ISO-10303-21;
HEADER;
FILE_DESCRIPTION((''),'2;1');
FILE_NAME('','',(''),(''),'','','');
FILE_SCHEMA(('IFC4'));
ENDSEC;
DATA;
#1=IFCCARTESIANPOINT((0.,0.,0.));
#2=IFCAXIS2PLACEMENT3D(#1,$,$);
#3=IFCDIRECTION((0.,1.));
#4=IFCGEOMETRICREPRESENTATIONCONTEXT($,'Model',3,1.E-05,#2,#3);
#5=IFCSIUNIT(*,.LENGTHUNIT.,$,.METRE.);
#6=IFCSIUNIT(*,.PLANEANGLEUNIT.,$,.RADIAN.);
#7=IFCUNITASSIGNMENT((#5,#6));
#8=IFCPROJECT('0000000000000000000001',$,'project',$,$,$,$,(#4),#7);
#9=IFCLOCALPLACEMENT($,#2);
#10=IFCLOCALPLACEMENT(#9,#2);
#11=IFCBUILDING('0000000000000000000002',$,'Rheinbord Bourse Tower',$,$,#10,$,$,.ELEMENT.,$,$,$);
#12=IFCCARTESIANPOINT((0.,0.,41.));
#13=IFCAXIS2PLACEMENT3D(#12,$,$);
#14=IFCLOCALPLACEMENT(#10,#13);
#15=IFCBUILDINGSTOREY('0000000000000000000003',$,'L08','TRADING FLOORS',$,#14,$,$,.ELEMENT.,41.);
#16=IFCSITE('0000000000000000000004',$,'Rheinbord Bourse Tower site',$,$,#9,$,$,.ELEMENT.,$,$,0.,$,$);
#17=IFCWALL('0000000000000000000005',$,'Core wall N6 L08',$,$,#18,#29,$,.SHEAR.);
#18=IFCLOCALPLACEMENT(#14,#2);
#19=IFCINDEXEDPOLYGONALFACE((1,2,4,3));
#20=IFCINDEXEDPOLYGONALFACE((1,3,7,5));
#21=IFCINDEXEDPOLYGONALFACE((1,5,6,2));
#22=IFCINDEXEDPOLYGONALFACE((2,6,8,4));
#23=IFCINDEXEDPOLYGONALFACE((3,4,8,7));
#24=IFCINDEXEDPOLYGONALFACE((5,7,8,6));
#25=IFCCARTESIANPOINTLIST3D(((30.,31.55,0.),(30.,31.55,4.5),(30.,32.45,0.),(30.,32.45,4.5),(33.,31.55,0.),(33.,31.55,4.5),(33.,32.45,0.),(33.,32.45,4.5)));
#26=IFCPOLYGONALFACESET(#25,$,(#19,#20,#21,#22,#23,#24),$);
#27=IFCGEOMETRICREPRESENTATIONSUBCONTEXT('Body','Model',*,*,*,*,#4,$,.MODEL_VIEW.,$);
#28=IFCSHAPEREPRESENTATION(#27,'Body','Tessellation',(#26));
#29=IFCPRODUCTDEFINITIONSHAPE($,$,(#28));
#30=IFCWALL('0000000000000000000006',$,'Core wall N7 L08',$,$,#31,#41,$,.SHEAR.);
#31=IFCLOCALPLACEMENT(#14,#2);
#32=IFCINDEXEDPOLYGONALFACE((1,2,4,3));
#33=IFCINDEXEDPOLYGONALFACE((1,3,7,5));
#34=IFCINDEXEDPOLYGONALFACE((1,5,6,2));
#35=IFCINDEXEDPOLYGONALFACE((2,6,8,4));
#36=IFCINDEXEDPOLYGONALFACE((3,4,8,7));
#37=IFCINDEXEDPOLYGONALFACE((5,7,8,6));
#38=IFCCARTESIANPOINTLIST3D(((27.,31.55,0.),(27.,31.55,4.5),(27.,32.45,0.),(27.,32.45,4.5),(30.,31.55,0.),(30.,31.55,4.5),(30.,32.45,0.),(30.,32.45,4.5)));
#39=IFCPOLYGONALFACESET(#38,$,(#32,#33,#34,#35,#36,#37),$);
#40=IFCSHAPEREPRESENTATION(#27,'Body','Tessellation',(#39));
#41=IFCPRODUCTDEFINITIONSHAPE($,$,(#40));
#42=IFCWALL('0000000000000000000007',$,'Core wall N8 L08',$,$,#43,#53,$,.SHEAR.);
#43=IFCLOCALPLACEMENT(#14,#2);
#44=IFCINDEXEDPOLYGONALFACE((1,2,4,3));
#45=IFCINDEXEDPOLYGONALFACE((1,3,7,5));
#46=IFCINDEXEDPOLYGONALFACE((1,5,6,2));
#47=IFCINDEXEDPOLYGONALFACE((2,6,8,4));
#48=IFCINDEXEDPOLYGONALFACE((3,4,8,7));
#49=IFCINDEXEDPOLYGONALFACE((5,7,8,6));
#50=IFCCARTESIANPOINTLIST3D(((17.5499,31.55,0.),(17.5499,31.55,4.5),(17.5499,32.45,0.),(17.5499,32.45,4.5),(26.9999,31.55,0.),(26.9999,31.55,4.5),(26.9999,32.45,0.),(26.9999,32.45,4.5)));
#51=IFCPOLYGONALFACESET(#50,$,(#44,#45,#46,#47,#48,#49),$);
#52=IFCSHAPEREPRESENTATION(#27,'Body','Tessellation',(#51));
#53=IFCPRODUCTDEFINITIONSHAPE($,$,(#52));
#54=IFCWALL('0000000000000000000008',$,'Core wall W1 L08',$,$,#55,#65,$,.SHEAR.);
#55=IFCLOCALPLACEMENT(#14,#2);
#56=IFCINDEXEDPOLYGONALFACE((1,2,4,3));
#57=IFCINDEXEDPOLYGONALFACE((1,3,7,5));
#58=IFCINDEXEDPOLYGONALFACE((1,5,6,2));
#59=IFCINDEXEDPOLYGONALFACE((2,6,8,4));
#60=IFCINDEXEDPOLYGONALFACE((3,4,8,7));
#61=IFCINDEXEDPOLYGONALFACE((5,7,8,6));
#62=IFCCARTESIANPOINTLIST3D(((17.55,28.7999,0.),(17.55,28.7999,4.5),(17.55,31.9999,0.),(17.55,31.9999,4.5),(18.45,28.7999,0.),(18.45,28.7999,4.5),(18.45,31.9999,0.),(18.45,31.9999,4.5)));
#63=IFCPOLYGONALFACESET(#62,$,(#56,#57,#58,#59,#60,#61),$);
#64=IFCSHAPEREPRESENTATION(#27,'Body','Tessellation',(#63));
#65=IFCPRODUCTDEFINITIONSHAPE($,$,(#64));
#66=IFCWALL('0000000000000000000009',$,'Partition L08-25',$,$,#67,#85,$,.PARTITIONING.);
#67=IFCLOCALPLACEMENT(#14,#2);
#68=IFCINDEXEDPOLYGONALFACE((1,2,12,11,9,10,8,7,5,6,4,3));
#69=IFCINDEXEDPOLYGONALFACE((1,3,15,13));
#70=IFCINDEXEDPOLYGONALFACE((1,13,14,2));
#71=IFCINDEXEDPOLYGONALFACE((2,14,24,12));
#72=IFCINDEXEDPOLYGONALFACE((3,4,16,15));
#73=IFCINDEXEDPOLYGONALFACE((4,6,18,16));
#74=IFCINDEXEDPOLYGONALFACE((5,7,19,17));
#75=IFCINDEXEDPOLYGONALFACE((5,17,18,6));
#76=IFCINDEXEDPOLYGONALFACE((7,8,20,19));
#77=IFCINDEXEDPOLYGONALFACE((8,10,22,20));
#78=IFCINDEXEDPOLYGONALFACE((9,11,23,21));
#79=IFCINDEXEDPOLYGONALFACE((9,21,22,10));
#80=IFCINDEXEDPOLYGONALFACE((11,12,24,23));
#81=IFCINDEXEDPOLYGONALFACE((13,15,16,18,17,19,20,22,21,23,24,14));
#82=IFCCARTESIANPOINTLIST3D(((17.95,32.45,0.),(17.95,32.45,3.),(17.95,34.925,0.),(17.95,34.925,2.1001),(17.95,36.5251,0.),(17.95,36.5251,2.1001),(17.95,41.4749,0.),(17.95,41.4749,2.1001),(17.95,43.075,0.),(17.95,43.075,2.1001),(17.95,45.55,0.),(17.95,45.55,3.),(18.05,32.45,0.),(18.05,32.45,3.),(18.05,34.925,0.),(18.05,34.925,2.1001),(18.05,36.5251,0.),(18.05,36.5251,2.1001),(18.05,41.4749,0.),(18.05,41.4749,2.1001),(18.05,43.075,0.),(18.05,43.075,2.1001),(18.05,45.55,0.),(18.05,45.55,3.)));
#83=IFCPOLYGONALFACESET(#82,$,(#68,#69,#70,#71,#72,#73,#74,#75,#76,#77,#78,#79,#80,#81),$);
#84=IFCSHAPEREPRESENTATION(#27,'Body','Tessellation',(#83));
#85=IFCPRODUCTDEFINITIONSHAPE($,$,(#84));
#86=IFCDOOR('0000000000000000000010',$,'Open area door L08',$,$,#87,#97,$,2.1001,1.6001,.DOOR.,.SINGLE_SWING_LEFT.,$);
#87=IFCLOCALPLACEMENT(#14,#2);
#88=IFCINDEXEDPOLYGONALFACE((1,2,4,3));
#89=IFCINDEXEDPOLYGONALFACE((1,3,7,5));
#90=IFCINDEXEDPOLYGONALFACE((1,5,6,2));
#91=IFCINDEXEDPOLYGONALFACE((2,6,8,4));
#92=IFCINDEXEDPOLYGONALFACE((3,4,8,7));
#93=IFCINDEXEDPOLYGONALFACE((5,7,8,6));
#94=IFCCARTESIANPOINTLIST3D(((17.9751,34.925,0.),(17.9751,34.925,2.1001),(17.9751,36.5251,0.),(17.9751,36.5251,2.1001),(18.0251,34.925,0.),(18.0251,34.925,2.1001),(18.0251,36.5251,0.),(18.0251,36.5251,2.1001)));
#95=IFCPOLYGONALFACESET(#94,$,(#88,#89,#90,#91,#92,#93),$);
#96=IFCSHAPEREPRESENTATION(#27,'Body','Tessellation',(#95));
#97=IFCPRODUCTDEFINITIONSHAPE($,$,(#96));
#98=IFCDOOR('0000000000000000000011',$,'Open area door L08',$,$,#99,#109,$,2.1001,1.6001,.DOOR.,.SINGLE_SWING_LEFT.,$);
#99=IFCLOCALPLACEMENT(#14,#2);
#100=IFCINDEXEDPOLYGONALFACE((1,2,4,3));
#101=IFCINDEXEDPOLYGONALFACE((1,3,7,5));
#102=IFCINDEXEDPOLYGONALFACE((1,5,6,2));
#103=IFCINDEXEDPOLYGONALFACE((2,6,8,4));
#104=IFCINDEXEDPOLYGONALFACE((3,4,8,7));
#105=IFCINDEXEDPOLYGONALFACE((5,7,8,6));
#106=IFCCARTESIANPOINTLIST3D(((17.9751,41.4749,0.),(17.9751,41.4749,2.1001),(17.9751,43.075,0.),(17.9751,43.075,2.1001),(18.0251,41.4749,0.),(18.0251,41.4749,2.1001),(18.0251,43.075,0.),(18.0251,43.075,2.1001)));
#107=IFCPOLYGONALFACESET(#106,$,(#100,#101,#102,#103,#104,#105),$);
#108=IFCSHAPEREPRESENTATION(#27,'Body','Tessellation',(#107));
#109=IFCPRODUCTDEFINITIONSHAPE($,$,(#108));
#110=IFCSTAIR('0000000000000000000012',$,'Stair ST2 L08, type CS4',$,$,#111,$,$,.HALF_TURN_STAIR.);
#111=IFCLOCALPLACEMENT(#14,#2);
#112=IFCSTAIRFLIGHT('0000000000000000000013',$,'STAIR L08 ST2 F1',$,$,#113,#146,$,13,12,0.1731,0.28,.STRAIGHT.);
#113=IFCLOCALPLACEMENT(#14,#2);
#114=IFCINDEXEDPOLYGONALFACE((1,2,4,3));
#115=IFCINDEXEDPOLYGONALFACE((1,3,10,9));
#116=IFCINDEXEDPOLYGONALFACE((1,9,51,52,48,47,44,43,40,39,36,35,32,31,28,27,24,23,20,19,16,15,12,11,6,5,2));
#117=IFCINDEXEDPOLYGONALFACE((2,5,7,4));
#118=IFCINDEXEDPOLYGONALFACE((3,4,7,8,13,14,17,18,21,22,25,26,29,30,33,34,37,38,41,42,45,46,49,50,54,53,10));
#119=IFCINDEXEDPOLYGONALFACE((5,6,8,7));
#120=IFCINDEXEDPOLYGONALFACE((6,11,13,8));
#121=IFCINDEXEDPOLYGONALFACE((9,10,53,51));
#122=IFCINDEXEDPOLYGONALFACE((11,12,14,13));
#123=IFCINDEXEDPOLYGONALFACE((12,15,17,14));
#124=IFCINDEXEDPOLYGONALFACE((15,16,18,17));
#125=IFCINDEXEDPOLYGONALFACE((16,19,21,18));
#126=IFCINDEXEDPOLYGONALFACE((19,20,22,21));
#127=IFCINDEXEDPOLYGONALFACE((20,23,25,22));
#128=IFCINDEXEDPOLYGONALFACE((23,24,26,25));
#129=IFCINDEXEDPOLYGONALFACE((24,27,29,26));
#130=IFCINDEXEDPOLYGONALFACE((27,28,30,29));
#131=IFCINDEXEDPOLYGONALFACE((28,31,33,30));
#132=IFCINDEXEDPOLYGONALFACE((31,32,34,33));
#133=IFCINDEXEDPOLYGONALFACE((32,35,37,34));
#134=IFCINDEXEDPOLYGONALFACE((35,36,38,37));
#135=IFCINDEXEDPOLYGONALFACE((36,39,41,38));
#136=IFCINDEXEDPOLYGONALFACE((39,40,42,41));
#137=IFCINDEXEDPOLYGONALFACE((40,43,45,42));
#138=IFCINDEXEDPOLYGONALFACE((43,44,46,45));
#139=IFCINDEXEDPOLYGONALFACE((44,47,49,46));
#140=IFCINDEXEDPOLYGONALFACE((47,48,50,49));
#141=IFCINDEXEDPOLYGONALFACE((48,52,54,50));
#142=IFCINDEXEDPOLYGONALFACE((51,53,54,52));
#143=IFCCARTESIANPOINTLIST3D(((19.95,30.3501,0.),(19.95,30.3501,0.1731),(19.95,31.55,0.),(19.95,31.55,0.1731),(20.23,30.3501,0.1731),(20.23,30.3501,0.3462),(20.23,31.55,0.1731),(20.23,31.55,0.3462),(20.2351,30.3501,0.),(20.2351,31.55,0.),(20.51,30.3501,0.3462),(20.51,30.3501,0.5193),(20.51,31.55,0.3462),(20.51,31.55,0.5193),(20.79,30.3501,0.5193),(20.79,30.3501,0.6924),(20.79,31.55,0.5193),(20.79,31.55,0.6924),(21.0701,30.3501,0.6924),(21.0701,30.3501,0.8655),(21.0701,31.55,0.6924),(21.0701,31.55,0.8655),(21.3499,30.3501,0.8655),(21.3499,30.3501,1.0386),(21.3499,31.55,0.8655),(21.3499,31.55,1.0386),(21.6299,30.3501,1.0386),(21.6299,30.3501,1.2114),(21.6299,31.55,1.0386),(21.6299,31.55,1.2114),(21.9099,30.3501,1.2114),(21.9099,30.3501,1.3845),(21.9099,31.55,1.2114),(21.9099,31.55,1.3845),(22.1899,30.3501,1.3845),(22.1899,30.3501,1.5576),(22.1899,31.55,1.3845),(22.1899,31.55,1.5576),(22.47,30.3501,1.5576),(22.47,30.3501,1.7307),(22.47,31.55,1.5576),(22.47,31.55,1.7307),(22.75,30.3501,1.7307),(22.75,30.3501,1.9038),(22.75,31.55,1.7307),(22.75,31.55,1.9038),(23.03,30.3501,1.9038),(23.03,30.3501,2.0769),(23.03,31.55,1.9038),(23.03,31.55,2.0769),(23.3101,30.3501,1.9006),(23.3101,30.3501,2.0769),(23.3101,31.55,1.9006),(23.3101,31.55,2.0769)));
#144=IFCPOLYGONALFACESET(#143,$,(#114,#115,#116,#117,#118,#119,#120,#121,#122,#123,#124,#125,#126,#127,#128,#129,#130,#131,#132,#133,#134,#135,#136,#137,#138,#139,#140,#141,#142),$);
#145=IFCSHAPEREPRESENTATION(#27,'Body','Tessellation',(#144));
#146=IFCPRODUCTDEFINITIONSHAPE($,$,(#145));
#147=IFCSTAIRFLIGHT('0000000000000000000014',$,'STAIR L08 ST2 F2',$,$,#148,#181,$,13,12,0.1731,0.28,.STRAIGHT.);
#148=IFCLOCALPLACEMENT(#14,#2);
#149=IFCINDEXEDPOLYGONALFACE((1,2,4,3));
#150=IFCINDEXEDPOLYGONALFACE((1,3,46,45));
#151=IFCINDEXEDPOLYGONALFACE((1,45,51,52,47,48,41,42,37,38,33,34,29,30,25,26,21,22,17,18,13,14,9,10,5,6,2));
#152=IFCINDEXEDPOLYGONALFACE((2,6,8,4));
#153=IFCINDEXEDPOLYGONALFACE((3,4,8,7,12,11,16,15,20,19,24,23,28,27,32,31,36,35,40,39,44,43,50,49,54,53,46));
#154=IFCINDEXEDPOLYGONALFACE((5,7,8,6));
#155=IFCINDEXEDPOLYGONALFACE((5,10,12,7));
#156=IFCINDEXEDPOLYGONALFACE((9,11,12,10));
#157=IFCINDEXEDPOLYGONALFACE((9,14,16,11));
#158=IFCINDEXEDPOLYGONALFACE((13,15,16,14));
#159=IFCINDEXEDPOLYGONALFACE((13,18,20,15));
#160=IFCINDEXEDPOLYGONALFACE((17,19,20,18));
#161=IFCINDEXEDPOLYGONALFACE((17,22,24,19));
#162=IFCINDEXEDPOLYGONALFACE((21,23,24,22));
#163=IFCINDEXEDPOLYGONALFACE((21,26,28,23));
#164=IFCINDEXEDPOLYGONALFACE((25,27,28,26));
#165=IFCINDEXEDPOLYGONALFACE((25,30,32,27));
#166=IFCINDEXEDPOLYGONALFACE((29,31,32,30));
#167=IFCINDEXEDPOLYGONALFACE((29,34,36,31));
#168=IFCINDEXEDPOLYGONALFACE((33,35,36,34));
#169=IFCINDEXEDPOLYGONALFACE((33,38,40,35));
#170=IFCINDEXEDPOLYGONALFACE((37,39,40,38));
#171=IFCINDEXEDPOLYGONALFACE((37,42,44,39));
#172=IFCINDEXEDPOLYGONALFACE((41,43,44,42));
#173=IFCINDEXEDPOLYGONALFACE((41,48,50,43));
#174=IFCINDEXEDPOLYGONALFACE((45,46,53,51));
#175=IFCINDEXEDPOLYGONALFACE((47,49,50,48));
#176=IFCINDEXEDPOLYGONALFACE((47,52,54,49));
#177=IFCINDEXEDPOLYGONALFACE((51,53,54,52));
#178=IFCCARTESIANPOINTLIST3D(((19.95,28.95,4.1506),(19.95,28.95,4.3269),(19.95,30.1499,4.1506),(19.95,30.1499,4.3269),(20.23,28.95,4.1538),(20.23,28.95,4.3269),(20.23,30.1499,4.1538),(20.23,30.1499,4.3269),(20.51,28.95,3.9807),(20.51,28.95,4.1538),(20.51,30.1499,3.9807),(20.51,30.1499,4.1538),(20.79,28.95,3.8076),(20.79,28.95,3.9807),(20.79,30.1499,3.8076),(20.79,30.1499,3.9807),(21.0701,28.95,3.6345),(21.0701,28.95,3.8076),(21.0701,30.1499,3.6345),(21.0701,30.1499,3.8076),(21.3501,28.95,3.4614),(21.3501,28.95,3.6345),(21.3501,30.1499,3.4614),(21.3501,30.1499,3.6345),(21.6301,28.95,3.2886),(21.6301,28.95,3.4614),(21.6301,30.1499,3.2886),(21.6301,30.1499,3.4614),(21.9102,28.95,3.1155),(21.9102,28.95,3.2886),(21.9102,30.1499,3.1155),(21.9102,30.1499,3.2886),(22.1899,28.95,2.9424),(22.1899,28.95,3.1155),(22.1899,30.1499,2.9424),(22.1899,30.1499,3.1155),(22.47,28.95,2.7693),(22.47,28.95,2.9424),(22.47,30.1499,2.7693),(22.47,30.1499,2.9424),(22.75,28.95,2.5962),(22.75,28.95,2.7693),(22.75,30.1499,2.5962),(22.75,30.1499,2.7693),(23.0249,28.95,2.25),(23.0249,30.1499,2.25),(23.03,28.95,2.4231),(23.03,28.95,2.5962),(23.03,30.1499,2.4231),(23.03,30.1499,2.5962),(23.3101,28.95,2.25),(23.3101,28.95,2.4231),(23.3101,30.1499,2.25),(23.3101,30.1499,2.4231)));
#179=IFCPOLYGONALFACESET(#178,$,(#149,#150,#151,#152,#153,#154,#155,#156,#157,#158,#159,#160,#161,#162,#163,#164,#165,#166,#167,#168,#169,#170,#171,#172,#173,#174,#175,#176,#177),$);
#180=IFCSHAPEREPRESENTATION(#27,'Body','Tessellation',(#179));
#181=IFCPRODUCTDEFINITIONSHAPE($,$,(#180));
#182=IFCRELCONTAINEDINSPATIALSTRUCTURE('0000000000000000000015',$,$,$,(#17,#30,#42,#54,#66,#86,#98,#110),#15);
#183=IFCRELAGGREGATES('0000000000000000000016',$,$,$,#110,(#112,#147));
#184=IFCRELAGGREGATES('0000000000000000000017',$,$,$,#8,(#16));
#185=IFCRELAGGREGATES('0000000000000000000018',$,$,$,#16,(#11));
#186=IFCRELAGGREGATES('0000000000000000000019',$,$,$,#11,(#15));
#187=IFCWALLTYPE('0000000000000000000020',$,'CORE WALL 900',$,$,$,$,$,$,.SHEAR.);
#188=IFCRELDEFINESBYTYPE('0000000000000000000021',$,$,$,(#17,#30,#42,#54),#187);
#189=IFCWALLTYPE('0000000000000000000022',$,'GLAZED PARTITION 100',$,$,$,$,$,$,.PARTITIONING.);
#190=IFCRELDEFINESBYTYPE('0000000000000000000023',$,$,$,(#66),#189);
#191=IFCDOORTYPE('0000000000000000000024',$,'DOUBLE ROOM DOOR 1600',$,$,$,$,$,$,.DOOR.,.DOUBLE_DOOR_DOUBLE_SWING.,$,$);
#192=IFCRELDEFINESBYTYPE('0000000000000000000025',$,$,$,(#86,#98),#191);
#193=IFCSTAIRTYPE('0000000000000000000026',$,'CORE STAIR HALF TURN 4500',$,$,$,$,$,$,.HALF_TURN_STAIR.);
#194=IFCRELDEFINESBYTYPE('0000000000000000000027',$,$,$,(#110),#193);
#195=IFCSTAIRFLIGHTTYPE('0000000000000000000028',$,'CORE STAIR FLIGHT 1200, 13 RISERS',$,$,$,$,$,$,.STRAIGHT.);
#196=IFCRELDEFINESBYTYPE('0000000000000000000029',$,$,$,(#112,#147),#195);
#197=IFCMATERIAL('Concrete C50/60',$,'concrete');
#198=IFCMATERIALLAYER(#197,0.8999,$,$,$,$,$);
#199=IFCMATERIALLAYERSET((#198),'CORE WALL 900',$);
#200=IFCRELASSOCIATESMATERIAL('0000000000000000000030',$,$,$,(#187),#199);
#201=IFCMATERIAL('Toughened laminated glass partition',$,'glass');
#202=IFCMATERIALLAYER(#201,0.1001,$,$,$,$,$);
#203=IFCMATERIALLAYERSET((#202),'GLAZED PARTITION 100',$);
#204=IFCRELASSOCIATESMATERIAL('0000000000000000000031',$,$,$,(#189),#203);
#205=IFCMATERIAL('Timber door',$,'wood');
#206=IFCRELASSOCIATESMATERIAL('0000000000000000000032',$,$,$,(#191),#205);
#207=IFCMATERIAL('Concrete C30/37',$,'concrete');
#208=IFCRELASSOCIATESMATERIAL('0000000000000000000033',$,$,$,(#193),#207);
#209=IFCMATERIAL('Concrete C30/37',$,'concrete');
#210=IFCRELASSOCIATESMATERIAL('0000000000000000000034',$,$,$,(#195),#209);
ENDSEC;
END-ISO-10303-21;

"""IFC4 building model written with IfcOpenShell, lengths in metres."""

from ifc_helpers import new_model, si_unit, direction, frame, frame_2d, origin, place, context, subcontext, project, spatial, polyline, rectangle, outline, extrude, material, layer, layer_set, type_object, element, fill, aggregate, save


model = new_model("IFC4")

# Units and contexts
model_context = context("Model", 3, precision=1e-05, world=origin(), true_north=direction((0.0, 1.0)))
body_context = subcontext(model_context, "Body", "Model", "MODEL_VIEW")
ifc_project = project(units=[si_unit("LENGTHUNIT", "METRE"), si_unit("PLANEANGLEUNIT", "RADIAN")], contexts=[model_context])

# Site, building, storey
site_placement = place(None, origin())
site = spatial("IfcSite", under=ifc_project, at=site_placement, Name="Rheinbord Bourse Tower site", CompositionType="ELEMENT", RefElevation=0.0)
building_placement = place(site_placement, origin())
building = spatial("IfcBuilding", under=site, at=building_placement, Name="Rheinbord Bourse Tower", CompositionType="ELEMENT")
storey_placement = place(building_placement, frame((0.0, 0.0, 41.0)))
storey = spatial("IfcBuildingStorey", under=building, at=storey_placement, Name="L08", Description="TRADING FLOORS", CompositionType="ELEMENT", Elevation=41.0)

# Walls
ifc_material_1 = material(Name="Concrete C50/60", Category="concrete")
ifc_layer_1 = layer(ifc_material_1, 0.8999)
ifc_layer_set_1 = layer_set([ifc_layer_1], Name="CORE WALL 900")
wall_type_1 = type_object("IfcWallType", Name="CORE WALL 900", PredefinedType="SHEAR", material=ifc_layer_set_1)
for number, where, z_axis, x_axis, name in (
    (1, (33.0, 32.0, 0.0), (0.0, 0.0, 1.0), (-1.0, 0.0, 0.0), "Core wall N6 L08"),
    (2, (30.0, 32.0, 0.0), (0.0, 0.0, 1.0), (-1.0, 0.0, 0.0), "Core wall N7 L08"),
):
    element("IfcWall", number, at=place(storey_placement, frame(where, z_axis=z_axis, x_axis=x_axis)), inside=storey, type_object=wall_type_1, Name=name, PredefinedType="SHEAR", context=body_context, shape_type="SweptSolid", body=[
        extrude(rectangle(XDim=3.0, YDim=0.8999, at=frame_2d((1.5, 0.0))), origin(), (0.0, 0.0, 1.0), 4.5),
    ])
wall_1_placement = place(storey_placement, frame((27.0, 32.0, 0.0), z_axis=(0.0, 0.0, 1.0), x_axis=(-1.0, 0.0, 0.0)))
element("IfcWall", 3, at=wall_1_placement, inside=storey, type_object=wall_type_1, Name="Core wall N8 L08", PredefinedType="SHEAR", context=body_context, shape_type="SweptSolid", body=[
    extrude(rectangle(XDim=9.45, YDim=0.8999, at=frame_2d((4.7251, 0.0))), origin(), (0.0, 0.0, 1.0), 4.5),
])
wall_2_placement = place(storey_placement, frame((18.0, 32.0, 0.0), z_axis=(0.0, 0.0, 1.0), x_axis=(0.0, -1.0, 0.0)))
element("IfcWall", 4, at=wall_2_placement, inside=storey, type_object=wall_type_1, Name="Core wall W1 L08", PredefinedType="SHEAR", context=body_context, shape_type="SweptSolid", body=[
    extrude(rectangle(XDim=3.2, YDim=0.8999, at=frame_2d((1.6001, 0.0))), origin(), (0.0, 0.0, 1.0), 4.5),
])

# Wall, openings, doors
ifc_material_2 = material(Name="Toughened laminated glass partition", Category="glass")
ifc_layer_2 = layer(ifc_material_2, 0.1001)
ifc_layer_set_2 = layer_set([ifc_layer_2], Name="GLAZED PARTITION 100")
wall_type_2 = type_object("IfcWallType", Name="GLAZED PARTITION 100", PredefinedType="PARTITIONING", material=ifc_layer_set_2)
wall_3_placement = place(storey_placement, frame((18.0, 32.45, 0.0), z_axis=(0.0, 0.0, 1.0), x_axis=(0.0, 1.0, 0.0)))
wall_3 = element("IfcWall", 5, at=wall_3_placement, inside=storey, type_object=wall_type_2, Name="Partition L08-25", PredefinedType="PARTITIONING", context=body_context, shape_type="SweptSolid", body=[
    extrude(rectangle(XDim=13.1001, YDim=0.1001, at=frame_2d((6.55, 0.0))), origin(), (0.0, 0.0, 1.0), 3.0),
])
opening_1_placement = place(wall_3_placement, frame((2.4751, 0.0, 0.0)))
opening_1 = element("IfcOpeningElement", 6, at=opening_1_placement, cuts=wall_3, PredefinedType="OPENING", context=body_context, shape_type="SweptSolid", body=[
    extrude(rectangle(XDim=1.6001, YDim=2.1001, at=frame_2d((0.8, 1.05))), frame((0.0, 0.0601, 0.0), z_axis=(0.0, -1.0, 0.0), x_axis=(1.0, 0.0, 0.0)), (0.0, 0.0, 1.0), 0.1201),
])
opening_2_placement = place(wall_3_placement, frame((9.0249, 0.0, 0.0)))
opening_2 = element("IfcOpeningElement", 7, at=opening_2_placement, cuts=wall_3, PredefinedType="OPENING", context=body_context, shape_type="SweptSolid", body=[
    extrude(rectangle(XDim=1.6001, YDim=2.1001, at=frame_2d((0.8, 1.05))), frame((0.0, 0.0601, 0.0), z_axis=(0.0, -1.0, 0.0), x_axis=(1.0, 0.0, 0.0)), (0.0, 0.0, 1.0), 0.1201),
])
ifc_material_3 = material(Name="Timber door", Category="wood")
door_type_1 = type_object("IfcDoorType", Name="DOUBLE ROOM DOOR 1600", OperationType="DOUBLE_DOOR_DOUBLE_SWING", PredefinedType="DOOR", material=ifc_material_3)
door_1_placement = place(opening_1_placement, origin())
door_1 = element("IfcDoor", 8, at=door_1_placement, inside=storey, type_object=door_type_1, Name="Open area door L08", OperationType="SINGLE_SWING_LEFT", OverallHeight=2.1001, OverallWidth=1.6001, PredefinedType="DOOR", context=body_context, shape_type="SweptSolid", body=[
    extrude(rectangle(XDim=1.6001, YDim=2.1001, at=frame_2d((0.8, 1.05))), frame((0.0, 0.0249, 0.0), z_axis=(0.0, -1.0, 0.0), x_axis=(1.0, 0.0, 0.0)), (0.0, 0.0, 1.0), 0.05),
])
fill(opening_1, door_1)
door_2_placement = place(opening_2_placement, origin())
door_2 = element("IfcDoor", 9, at=door_2_placement, inside=storey, type_object=door_type_1, Name="Open area door L08", OperationType="SINGLE_SWING_LEFT", OverallHeight=2.1001, OverallWidth=1.6001, PredefinedType="DOOR", context=body_context, shape_type="SweptSolid", body=[
    extrude(rectangle(XDim=1.6001, YDim=2.1001, at=frame_2d((0.8, 1.05))), frame((0.0, 0.0249, 0.0), z_axis=(0.0, -1.0, 0.0), x_axis=(1.0, 0.0, 0.0)), (0.0, 0.0, 1.0), 0.05),
])
fill(opening_2, door_2)

# Stair, stair flights
ifc_material_4 = material(Name="Concrete C30/37", Category="concrete")
stair_type = type_object("IfcStairType", Name="CORE STAIR HALF TURN 4500", PredefinedType="HALF_TURN_STAIR", material=ifc_material_4)
stair_placement = place(storey_placement, origin())
stair = element("IfcStair", 10, at=stair_placement, inside=storey, type_object=stair_type, Name="Stair ST2 L08, type CS4", PredefinedType="HALF_TURN_STAIR")
ifc_material_5 = material(Name="Concrete C30/37", Category="concrete")
stair_flight_type = type_object("IfcStairFlightType", Name="CORE STAIR FLIGHT 1200, 13 RISERS", PredefinedType="STRAIGHT", material=ifc_material_5)
stair_flight_1_placement = place(storey_placement, frame((19.95, 30.95, 0.0), z_axis=(0.0, 0.0, 1.0), x_axis=(1.0, 0.0, 0.0)))
stair_flight_1 = element("IfcStairFlight", 11, at=stair_flight_1_placement, type_object=stair_flight_type, Name="STAIR L08 ST2 F1", NumberOfRisers=13, NumberOfTreads=12, PredefinedType="STRAIGHT", RiserHeight=0.1731, TreadLength=0.28, context=body_context, shape_type="SweptSolid", body=[
    extrude(outline(polyline([(0.0, 0.0), (0.0, 0.1731), (0.28, 0.1731), (0.28, 0.3462), (0.5601, 0.3462), (0.5601, 0.5193), (0.8401, 0.5193), (0.8401, 0.6924), (1.1201, 0.6924), (1.1201, 0.8655), (1.3999, 0.8655), (1.3999, 1.0386), (1.6799, 1.0386), (1.6799, 1.2114), (1.96, 1.2114), (1.96, 1.3845), (2.24, 1.3845), (2.24, 1.5576), (2.52, 1.5576), (2.52, 1.7307), (2.8, 1.7307), (2.8, 1.9038), (3.0801, 1.9038), (3.0801, 2.0769), (3.3601, 2.0769), (3.3601, 2.25), (3.3601, 1.9006), (0.2852, 0.0), (0.0, 0.0)])), frame((0.0, 0.6001, 0.0), z_axis=(0.0, -1.0, 0.0), x_axis=(1.0, 0.0, 0.0)), (0.0, 0.0, 1.0), 1.2),
])
stair_flight_2_placement = place(storey_placement, frame((23.3101, 29.55, 2.25), z_axis=(0.0, 0.0, 1.0), x_axis=(-1.0, 0.0, 0.0)))
stair_flight_2 = element("IfcStairFlight", 12, at=stair_flight_2_placement, type_object=stair_flight_type, Name="STAIR L08 ST2 F2", NumberOfRisers=13, NumberOfTreads=12, PredefinedType="STRAIGHT", RiserHeight=0.1731, TreadLength=0.28, context=body_context, shape_type="SweptSolid", body=[
    extrude(outline(polyline([(0.0, 0.0), (0.0, 0.1731), (0.28, 0.1731), (0.28, 0.3462), (0.5601, 0.3462), (0.5601, 0.5193), (0.8401, 0.5193), (0.8401, 0.6924), (1.1201, 0.6924), (1.1201, 0.8655), (1.3999, 0.8655), (1.3999, 1.0386), (1.6799, 1.0386), (1.6799, 1.2114), (1.96, 1.2114), (1.96, 1.3845), (2.24, 1.3845), (2.24, 1.5576), (2.52, 1.5576), (2.52, 1.7307), (2.8, 1.7307), (2.8, 1.9038), (3.0801, 1.9038), (3.0801, 2.0769), (3.3601, 2.0769), (3.3601, 2.25), (3.3601, 1.9006), (0.2852, 0.0), (0.0, 0.0)])), frame((0.0, 0.6001, 0.0), z_axis=(0.0, -1.0, 0.0), x_axis=(1.0, 0.0, 0.0)), (0.0, 0.0, 1.0), 1.2),
])
aggregate(stair, [stair_flight_1, stair_flight_2])

save(model, "model.ifc")
